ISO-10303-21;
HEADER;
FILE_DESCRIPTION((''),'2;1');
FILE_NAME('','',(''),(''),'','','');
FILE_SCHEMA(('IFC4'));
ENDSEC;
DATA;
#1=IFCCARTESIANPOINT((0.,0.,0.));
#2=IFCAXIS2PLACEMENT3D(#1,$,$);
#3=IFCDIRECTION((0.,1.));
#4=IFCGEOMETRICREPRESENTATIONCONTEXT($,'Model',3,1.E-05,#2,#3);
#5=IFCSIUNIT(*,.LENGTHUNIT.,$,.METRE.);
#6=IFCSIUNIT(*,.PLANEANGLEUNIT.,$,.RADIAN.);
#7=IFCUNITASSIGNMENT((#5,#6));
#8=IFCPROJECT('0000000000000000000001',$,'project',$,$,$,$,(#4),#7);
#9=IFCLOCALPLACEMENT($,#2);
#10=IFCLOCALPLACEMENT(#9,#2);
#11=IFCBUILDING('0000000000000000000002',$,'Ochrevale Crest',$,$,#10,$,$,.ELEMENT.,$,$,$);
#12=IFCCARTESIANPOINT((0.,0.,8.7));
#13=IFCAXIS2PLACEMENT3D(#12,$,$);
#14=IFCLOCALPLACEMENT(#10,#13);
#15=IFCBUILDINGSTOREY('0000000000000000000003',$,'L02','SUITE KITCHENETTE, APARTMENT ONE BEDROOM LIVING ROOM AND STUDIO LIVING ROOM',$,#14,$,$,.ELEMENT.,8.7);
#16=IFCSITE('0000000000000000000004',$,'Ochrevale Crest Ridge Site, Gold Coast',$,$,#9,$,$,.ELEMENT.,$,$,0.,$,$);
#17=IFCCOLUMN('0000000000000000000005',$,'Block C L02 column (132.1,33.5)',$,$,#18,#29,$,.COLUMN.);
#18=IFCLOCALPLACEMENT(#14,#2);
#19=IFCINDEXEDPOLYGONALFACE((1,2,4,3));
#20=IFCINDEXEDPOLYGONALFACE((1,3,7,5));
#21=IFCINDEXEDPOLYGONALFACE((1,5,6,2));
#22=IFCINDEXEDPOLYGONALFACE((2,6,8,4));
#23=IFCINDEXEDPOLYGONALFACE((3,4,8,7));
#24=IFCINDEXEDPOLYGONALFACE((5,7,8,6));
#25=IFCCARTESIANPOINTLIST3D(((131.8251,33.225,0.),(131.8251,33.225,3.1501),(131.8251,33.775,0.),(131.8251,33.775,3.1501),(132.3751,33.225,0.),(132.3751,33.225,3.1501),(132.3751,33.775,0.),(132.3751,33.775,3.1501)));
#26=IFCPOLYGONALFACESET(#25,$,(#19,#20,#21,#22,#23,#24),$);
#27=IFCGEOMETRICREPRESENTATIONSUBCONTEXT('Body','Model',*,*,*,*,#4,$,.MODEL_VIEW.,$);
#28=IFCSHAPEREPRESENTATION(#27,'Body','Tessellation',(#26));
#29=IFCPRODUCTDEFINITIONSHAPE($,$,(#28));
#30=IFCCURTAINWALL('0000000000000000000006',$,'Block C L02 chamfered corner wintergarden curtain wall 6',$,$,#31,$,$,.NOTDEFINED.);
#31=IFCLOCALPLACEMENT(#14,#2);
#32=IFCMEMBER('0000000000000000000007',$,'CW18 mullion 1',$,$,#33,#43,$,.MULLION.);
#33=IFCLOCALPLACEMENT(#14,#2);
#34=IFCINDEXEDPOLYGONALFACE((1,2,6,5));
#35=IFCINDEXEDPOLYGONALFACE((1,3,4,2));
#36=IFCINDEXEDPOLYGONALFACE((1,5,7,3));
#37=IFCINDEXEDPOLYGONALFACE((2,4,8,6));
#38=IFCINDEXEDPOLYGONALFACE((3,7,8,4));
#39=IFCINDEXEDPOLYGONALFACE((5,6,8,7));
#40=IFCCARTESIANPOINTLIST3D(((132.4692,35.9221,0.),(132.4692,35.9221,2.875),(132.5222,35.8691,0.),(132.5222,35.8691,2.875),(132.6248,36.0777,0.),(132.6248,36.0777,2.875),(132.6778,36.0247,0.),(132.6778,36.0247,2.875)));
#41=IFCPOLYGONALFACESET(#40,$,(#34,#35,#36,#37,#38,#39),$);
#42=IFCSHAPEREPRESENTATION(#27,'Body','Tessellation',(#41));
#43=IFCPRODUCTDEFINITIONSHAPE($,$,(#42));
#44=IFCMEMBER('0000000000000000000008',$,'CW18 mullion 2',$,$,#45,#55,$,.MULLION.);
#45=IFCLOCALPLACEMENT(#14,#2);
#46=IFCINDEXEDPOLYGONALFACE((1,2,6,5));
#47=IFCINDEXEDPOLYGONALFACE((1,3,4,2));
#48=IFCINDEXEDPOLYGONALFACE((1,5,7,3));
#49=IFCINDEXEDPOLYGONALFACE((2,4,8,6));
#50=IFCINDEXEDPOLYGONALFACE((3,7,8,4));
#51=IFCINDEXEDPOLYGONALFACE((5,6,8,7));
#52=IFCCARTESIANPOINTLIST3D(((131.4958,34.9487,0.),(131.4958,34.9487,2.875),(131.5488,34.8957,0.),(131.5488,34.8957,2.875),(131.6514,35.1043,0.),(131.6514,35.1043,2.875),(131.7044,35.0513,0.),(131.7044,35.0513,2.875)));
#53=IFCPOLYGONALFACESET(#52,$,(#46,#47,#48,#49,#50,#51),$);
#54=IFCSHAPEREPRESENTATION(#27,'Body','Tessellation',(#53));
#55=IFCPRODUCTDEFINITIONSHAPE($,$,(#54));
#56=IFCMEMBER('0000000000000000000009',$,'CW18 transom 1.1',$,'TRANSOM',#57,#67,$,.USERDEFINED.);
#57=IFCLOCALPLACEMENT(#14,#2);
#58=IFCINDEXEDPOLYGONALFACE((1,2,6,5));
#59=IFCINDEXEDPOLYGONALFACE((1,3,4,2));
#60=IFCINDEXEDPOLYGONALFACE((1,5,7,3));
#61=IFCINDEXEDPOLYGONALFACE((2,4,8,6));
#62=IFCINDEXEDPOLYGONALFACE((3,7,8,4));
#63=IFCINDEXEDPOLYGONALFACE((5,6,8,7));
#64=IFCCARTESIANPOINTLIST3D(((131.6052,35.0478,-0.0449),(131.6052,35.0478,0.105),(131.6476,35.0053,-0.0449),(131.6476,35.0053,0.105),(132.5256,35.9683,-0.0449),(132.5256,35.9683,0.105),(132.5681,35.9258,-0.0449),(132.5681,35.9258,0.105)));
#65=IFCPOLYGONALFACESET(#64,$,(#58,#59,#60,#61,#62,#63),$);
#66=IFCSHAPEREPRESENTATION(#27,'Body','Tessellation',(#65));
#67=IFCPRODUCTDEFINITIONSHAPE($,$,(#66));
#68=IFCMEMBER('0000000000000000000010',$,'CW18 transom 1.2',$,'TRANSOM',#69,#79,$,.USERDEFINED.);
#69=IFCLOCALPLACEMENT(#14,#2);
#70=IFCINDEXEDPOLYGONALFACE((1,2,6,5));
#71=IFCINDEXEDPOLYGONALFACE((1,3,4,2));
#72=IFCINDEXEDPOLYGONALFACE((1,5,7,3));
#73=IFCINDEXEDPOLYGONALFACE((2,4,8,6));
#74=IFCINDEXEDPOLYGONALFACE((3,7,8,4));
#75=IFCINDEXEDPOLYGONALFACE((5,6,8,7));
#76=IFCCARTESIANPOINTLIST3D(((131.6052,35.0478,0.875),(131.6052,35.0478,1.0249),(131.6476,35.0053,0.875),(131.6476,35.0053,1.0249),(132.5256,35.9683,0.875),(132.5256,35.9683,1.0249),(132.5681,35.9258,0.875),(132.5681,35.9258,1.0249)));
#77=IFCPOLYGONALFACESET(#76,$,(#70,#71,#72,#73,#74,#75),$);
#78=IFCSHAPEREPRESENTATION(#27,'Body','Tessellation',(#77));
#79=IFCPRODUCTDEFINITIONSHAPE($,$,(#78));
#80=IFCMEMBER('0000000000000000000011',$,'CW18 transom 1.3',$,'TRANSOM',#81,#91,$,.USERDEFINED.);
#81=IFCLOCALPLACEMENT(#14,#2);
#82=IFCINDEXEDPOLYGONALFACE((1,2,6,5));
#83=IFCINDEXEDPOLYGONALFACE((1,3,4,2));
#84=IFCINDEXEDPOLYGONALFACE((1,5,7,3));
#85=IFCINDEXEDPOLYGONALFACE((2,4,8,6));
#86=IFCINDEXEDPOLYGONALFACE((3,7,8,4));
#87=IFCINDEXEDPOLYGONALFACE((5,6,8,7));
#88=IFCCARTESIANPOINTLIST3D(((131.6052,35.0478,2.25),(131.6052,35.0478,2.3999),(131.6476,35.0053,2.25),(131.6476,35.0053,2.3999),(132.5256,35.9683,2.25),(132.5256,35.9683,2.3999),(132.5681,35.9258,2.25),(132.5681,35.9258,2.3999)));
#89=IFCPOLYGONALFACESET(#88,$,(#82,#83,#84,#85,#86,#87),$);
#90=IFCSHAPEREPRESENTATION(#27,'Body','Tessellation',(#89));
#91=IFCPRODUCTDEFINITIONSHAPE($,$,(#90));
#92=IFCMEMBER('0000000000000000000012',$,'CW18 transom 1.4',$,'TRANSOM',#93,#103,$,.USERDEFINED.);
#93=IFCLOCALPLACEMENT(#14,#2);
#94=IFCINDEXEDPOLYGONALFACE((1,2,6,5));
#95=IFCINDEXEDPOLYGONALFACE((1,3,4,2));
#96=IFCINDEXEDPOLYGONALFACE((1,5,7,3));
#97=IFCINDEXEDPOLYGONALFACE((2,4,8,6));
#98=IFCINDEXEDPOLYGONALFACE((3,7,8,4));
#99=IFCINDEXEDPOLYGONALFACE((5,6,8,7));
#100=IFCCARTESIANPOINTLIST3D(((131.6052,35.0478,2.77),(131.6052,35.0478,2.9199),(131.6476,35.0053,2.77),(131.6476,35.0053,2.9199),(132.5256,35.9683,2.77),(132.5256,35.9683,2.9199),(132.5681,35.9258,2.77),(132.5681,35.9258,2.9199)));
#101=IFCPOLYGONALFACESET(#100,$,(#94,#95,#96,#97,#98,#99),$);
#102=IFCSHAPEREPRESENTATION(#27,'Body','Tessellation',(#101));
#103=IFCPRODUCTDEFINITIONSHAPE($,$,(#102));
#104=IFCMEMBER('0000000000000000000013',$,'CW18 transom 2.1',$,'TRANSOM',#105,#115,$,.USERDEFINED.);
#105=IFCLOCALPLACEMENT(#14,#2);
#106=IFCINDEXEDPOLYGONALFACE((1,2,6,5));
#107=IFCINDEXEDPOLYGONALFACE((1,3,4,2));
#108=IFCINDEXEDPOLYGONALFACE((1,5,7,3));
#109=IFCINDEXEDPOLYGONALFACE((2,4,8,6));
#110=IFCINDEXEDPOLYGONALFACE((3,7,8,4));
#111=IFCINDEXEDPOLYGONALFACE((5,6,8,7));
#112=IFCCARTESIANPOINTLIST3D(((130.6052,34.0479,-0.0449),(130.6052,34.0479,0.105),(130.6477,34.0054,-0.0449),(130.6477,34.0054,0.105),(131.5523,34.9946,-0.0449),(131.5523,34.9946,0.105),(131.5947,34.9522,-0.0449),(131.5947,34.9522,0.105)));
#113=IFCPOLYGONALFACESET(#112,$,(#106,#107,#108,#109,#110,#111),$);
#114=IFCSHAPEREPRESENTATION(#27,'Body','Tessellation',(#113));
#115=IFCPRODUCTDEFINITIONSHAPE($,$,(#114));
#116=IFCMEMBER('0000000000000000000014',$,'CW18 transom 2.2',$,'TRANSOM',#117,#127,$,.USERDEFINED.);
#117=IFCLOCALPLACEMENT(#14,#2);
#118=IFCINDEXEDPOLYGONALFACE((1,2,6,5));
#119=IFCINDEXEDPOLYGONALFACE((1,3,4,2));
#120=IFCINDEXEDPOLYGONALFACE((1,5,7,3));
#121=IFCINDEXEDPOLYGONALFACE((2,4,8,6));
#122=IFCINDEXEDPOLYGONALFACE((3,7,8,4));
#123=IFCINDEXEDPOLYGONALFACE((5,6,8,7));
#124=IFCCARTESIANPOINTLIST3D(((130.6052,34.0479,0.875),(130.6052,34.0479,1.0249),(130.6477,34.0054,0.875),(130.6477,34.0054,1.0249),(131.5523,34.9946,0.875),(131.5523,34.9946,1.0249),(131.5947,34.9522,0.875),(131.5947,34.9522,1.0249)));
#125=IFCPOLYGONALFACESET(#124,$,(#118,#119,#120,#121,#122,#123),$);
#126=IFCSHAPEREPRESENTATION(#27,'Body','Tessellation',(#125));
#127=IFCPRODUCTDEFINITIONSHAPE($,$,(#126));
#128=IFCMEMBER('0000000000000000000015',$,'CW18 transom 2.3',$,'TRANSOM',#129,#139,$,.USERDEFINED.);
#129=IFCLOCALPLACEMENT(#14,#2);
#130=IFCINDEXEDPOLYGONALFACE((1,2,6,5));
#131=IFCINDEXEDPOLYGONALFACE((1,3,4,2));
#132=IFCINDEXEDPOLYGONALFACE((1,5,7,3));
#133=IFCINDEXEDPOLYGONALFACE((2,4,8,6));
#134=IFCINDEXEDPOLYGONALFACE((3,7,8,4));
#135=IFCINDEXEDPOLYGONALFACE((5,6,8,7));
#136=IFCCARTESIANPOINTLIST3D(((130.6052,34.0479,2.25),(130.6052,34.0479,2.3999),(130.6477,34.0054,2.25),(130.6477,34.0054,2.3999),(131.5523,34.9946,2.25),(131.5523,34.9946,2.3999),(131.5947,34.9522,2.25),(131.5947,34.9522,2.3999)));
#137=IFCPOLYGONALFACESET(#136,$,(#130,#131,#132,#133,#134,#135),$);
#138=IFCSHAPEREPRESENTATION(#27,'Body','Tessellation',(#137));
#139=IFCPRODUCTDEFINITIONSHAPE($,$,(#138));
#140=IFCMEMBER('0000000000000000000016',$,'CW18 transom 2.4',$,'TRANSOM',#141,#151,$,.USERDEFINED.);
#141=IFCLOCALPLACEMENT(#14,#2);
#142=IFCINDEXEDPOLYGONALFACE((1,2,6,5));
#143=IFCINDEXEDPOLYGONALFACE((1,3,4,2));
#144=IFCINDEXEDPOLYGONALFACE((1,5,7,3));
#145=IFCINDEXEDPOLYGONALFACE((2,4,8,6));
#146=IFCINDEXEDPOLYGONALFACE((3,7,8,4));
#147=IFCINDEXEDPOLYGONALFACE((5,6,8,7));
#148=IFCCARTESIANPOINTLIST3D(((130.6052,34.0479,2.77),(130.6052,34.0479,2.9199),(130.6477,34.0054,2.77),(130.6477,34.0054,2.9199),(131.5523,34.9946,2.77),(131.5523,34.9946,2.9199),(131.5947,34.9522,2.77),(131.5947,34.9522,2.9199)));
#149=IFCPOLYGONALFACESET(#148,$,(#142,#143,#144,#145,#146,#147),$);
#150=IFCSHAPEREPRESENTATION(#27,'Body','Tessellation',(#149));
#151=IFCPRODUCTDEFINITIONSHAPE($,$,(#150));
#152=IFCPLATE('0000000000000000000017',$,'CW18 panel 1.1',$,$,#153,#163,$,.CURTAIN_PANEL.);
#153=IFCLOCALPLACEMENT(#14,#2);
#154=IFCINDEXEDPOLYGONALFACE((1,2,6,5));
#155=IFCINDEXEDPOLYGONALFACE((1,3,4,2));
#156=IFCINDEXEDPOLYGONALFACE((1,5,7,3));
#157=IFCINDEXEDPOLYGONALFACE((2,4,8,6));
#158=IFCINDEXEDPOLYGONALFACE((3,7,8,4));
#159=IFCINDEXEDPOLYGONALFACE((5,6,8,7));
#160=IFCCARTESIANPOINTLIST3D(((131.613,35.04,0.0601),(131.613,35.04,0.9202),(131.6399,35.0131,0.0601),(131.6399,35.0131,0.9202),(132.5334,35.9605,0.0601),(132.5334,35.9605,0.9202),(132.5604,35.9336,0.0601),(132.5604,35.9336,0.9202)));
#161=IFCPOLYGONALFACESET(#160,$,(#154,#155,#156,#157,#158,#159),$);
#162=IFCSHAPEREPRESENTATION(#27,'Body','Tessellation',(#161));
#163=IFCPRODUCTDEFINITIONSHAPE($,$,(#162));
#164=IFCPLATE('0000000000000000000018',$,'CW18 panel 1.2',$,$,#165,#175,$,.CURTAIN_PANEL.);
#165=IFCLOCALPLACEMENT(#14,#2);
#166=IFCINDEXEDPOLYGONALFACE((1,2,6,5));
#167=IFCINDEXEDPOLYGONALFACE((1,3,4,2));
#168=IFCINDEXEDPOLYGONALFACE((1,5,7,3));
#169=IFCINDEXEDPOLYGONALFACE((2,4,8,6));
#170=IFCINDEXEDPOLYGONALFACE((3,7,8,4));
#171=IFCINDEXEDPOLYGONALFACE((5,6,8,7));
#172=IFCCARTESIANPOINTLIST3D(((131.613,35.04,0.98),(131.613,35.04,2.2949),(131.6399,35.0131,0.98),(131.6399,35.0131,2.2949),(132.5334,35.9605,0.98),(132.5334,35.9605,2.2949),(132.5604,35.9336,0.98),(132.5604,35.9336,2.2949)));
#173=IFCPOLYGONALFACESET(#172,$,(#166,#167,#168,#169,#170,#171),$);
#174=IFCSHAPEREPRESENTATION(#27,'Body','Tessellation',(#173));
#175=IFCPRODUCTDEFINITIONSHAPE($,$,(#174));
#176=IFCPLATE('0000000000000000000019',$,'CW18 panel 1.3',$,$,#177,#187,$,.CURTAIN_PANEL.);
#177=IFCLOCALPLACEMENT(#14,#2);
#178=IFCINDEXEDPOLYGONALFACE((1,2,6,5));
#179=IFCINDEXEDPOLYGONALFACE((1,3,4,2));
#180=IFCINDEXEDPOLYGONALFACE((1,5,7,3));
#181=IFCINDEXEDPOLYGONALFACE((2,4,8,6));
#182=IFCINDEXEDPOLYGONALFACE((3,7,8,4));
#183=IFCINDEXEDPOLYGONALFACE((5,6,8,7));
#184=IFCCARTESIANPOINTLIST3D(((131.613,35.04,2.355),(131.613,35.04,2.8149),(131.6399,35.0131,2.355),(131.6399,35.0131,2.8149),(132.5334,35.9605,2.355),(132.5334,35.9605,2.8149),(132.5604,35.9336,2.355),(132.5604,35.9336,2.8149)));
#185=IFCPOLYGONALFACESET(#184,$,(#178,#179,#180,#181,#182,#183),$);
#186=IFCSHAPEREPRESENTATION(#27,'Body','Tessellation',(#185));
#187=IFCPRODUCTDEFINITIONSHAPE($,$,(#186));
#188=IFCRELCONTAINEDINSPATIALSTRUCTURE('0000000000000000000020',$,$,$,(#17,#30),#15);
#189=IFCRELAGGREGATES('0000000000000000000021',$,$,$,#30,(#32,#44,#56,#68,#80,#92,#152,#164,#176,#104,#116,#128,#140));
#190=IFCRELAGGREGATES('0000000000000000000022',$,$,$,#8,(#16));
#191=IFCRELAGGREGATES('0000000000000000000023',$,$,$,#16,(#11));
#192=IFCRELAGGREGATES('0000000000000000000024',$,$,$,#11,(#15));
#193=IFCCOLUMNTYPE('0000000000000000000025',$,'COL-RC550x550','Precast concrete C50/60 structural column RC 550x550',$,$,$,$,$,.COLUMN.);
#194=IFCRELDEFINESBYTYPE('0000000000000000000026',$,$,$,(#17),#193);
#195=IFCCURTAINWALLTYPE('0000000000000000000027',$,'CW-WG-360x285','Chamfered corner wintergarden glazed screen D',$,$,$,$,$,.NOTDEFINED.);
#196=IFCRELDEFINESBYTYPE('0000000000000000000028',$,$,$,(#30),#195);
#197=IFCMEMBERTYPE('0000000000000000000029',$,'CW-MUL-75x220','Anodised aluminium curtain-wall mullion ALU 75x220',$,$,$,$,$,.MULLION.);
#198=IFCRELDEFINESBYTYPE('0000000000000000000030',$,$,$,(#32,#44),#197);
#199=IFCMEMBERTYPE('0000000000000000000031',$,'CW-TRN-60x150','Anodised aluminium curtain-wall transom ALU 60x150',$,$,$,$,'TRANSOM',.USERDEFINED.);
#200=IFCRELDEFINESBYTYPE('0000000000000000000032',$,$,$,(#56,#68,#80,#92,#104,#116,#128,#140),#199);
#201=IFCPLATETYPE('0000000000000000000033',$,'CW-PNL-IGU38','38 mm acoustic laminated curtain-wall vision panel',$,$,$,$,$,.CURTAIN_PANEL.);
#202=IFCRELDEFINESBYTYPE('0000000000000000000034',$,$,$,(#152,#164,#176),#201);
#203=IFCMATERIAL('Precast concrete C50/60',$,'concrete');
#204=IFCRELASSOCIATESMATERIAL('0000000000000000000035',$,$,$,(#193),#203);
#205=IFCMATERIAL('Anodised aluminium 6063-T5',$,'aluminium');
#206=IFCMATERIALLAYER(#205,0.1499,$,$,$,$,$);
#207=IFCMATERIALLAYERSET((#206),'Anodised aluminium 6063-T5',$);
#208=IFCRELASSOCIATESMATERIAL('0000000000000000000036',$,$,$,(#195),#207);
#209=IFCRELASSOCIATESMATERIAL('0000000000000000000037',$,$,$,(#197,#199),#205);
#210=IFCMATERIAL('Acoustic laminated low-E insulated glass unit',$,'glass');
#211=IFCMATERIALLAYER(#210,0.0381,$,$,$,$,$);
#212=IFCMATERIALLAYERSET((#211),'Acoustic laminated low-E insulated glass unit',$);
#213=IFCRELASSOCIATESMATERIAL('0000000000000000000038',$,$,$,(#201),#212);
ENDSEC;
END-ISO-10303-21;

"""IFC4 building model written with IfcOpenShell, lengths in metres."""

from ifc_helpers import new_model, si_unit, direction, frame, origin, origin_2d, place, context, subcontext, project, spatial, rectangle, extrude, material, layer, layer_set, material_profile, profile_set, type_object, element, aggregate, save


model = new_model("IFC4")

# Units and contexts
model_context = context("Model", 3, precision=1e-05, world=origin(), true_north=direction((0.0, 1.0)))
body_context = subcontext(model_context, "Body", "Model", "MODEL_VIEW")
ifc_project = project(units=[si_unit("LENGTHUNIT", "METRE"), si_unit("PLANEANGLEUNIT", "RADIAN")], contexts=[model_context])

# Site, building, storey
site_placement = place(None, origin())
site = spatial("IfcSite", under=ifc_project, at=site_placement, Name="Ochrevale Crest Ridge Site, Gold Coast", CompositionType="ELEMENT", RefElevation=0.0)
building_placement = place(site_placement, origin())
building = spatial("IfcBuilding", under=site, at=building_placement, Name="Ochrevale Crest", CompositionType="ELEMENT")
storey_placement = place(building_placement, frame((0.0, 0.0, 8.7)))
storey = spatial("IfcBuildingStorey", under=building, at=storey_placement, Name="L02", Description="SUITE KITCHENETTE, APARTMENT ONE BEDROOM LIVING ROOM AND STUDIO LIVING ROOM", CompositionType="ELEMENT", Elevation=8.7)

# Column
ifc_material_1 = material(Name="Precast concrete C50/60", Category="concrete")
ifc_material_profile_1 = material_profile(ifc_material_1, rectangle(XDim=0.55, YDim=0.55, at=origin_2d()), Name="RC 550x550")
ifc_profile_set_1 = profile_set([ifc_material_profile_1], Name="Precast concrete C50/60")
column_type = type_object("IfcColumnType", Name="COL-RC550x550", Description="Precast concrete C50/60 structural column RC 550x550", PredefinedType="COLUMN", material=ifc_profile_set_1)
column_placement = place(storey_placement, frame((132.1001, 33.5, 0.0), z_axis=(0.0, 0.0, 1.0), x_axis=(1.0, 0.0, 0.0)))
element("IfcColumn", 1, at=column_placement, inside=storey, type_object=column_type, Name="Block C L02 column (132.1,33.5)", PredefinedType="COLUMN", context=body_context, shape_type="SweptSolid", body=[
    extrude(rectangle(XDim=0.55, YDim=0.55, at=origin_2d()), origin(), (0.0, 0.0, 1.0), 3.1501),
])

# Curtain wall, members, plates
ifc_material_2 = material(Name="Anodised aluminium 6063-T5", Category="aluminium")
ifc_layer_1 = layer(ifc_material_2, 0.1499)
ifc_layer_set_1 = layer_set([ifc_layer_1], Name="Anodised aluminium 6063-T5")
curtain_wall_type = type_object("IfcCurtainWallType", Name="CW-WG-360x285", Description="Chamfered corner wintergarden glazed screen D", PredefinedType="NOTDEFINED", material=ifc_layer_set_1)
curtain_wall_placement = place(storey_placement, origin())
curtain_wall = element("IfcCurtainWall", 2, at=curtain_wall_placement, inside=storey, type_object=curtain_wall_type, Name="Block C L02 chamfered corner wintergarden curtain wall 6", PredefinedType="NOTDEFINED")
ifc_material_profile_2 = material_profile(ifc_material_2, rectangle(XDim=0.075, YDim=0.22, at=origin_2d()), Name="ALU 75x220")
ifc_profile_set_2 = profile_set([ifc_material_profile_2], Name="Anodised aluminium 6063-T5")
member_type_1 = type_object("IfcMemberType", Name="CW-MUL-75x220", Description="Anodised aluminium curtain-wall mullion ALU 75x220", PredefinedType="MULLION", material=ifc_profile_set_2)
member_1_placement = place(storey_placement, frame((132.5735, 35.9734, 0.0), z_axis=(0.0, 0.0, 1.0), x_axis=(0.707107, -0.707107, 0.0)))
member_1 = element("IfcMember", 3, at=member_1_placement, type_object=member_type_1, Name="CW18 mullion 1", PredefinedType="MULLION", context=body_context, shape_type="SweptSolid", body=[
    extrude(rectangle(XDim=0.075, YDim=0.22, at=origin_2d()), origin(), (0.0, 0.0, 1.0), 2.875),
])
member_2_placement = place(storey_placement, frame((131.6001, 35.0, 0.0), z_axis=(0.0, 0.0, 1.0), x_axis=(0.707107, -0.707107, 0.0)))
member_2 = element("IfcMember", 4, at=member_2_placement, type_object=member_type_1, Name="CW18 mullion 2", PredefinedType="MULLION", context=body_context, shape_type="SweptSolid", body=[
    extrude(rectangle(XDim=0.075, YDim=0.22, at=origin_2d()), origin(), (0.0, 0.0, 1.0), 2.875),
])
ifc_material_profile_3 = material_profile(ifc_material_2, rectangle(XDim=0.0601, YDim=0.1499, at=origin_2d()), Name="ALU 60x150")
ifc_profile_set_3 = profile_set([ifc_material_profile_3], Name="Anodised aluminium 6063-T5")
member_type_2 = type_object("IfcMemberType", Name="CW-TRN-60x150", Description="Anodised aluminium curtain-wall transom ALU 60x150", ElementType="TRANSOM", PredefinedType="USERDEFINED", material=ifc_profile_set_3)
member_3_placement = place(storey_placement, frame((132.5469, 35.947, 0.03), z_axis=(-0.707107, -0.707107, 0.0), x_axis=(0.707107, -0.707107, 0.0)))
member_3 = element("IfcMember", 5, at=member_3_placement, type_object=member_type_2, Name="CW18 transom 1.1", ObjectType="TRANSOM", PredefinedType="USERDEFINED", context=body_context, shape_type="SweptSolid", body=[
    extrude(rectangle(XDim=0.0601, YDim=0.1499, at=origin_2d()), origin(), (0.0, 0.0, 1.0), 1.3018),
])
member_4_placement = place(storey_placement, frame((132.5469, 35.947, 0.95), z_axis=(-0.707107, -0.707107, 0.0), x_axis=(0.707107, -0.707107, 0.0)))
member_4 = element("IfcMember", 6, at=member_4_placement, type_object=member_type_2, Name="CW18 transom 1.2", ObjectType="TRANSOM", PredefinedType="USERDEFINED", context=body_context, shape_type="SweptSolid", body=[
    extrude(rectangle(XDim=0.0601, YDim=0.1499, at=origin_2d()), origin(), (0.0, 0.0, 1.0), 1.3018),
])
member_5_placement = place(storey_placement, frame((132.5469, 35.947, 2.325), z_axis=(-0.707107, -0.707107, 0.0), x_axis=(0.707107, -0.707107, 0.0)))
member_5 = element("IfcMember", 7, at=member_5_placement, type_object=member_type_2, Name="CW18 transom 1.3", ObjectType="TRANSOM", PredefinedType="USERDEFINED", context=body_context, shape_type="SweptSolid", body=[
    extrude(rectangle(XDim=0.0601, YDim=0.1499, at=origin_2d()), origin(), (0.0, 0.0, 1.0), 1.3018),
])
member_6_placement = place(storey_placement, frame((132.5469, 35.947, 2.845), z_axis=(-0.707107, -0.707107, 0.0), x_axis=(0.707107, -0.707107, 0.0)))
member_6 = element("IfcMember", 8, at=member_6_placement, type_object=member_type_2, Name="CW18 transom 1.4", ObjectType="TRANSOM", PredefinedType="USERDEFINED", context=body_context, shape_type="SweptSolid", body=[
    extrude(rectangle(XDim=0.0601, YDim=0.1499, at=origin_2d()), origin(), (0.0, 0.0, 1.0), 1.3018),
])
member_7_placement = place(storey_placement, frame((131.5735, 34.9734, 0.03), z_axis=(-0.707198, -0.707016, 0.0), x_axis=(0.707016, -0.707198, 0.0)))
member_7 = element("IfcMember", 9, at=member_7_placement, type_object=member_type_2, Name="CW18 transom 2.1", ObjectType="TRANSOM", PredefinedType="USERDEFINED", context=body_context, shape_type="SweptSolid", body=[
    extrude(rectangle(XDim=0.0601, YDim=0.1499, at=origin_2d()), origin(), (0.0, 0.0, 1.0), 1.3391),
])
member_8_placement = place(storey_placement, frame((131.5735, 34.9734, 0.95), z_axis=(-0.707198, -0.707016, 0.0), x_axis=(0.707016, -0.707198, 0.0)))
member_8 = element("IfcMember", 10, at=member_8_placement, type_object=member_type_2, Name="CW18 transom 2.2", ObjectType="TRANSOM", PredefinedType="USERDEFINED", context=body_context, shape_type="SweptSolid", body=[
    extrude(rectangle(XDim=0.0601, YDim=0.1499, at=origin_2d()), origin(), (0.0, 0.0, 1.0), 1.3391),
])
member_9_placement = place(storey_placement, frame((131.5735, 34.9734, 2.325), z_axis=(-0.707198, -0.707016, 0.0), x_axis=(0.707016, -0.707198, 0.0)))
member_9 = element("IfcMember", 11, at=member_9_placement, type_object=member_type_2, Name="CW18 transom 2.3", ObjectType="TRANSOM", PredefinedType="USERDEFINED", context=body_context, shape_type="SweptSolid", body=[
    extrude(rectangle(XDim=0.0601, YDim=0.1499, at=origin_2d()), origin(), (0.0, 0.0, 1.0), 1.3391),
])
member_10_placement = place(storey_placement, frame((131.5735, 34.9734, 2.845), z_axis=(-0.707198, -0.707016, 0.0), x_axis=(0.707016, -0.707198, 0.0)))
member_10 = element("IfcMember", 12, at=member_10_placement, type_object=member_type_2, Name="CW18 transom 2.4", ObjectType="TRANSOM", PredefinedType="USERDEFINED", context=body_context, shape_type="SweptSolid", body=[
    extrude(rectangle(XDim=0.0601, YDim=0.1499, at=origin_2d()), origin(), (0.0, 0.0, 1.0), 1.3391),
])
ifc_material_3 = material(Name="Acoustic laminated low-E insulated glass unit", Category="glass")
ifc_layer_2 = layer(ifc_material_3, 0.0381)
ifc_layer_set_2 = layer_set([ifc_layer_2], Name="Acoustic laminated low-E insulated glass unit")
plate_type_1 = type_object("IfcPlateType", Name="CW-PNL-IGU38", Description="38 mm acoustic laminated curtain-wall vision panel", PredefinedType="CURTAIN_PANEL", material=ifc_layer_set_2)
plate_1_placement = place(storey_placement, frame((132.0867, 35.4868, 0.0601), z_axis=(0.0, 0.0, 1.0), x_axis=(-0.707107, -0.707107, 0.0)))
plate_1 = element("IfcPlate", 13, at=plate_1_placement, type_object=plate_type_1, Name="CW18 panel 1.1", PredefinedType="CURTAIN_PANEL", context=body_context, shape_type="SweptSolid", body=[
    extrude(rectangle(XDim=1.3018, YDim=0.0381, at=origin_2d()), origin(), (0.0, 0.0, 1.0), 0.8601),
])
plate_2_placement = place(storey_placement, frame((132.0867, 35.4868, 0.98), z_axis=(0.0, 0.0, 1.0), x_axis=(-0.707107, -0.707107, 0.0)))
plate_2 = element("IfcPlate", 14, at=plate_2_placement, type_object=plate_type_1, Name="CW18 panel 1.2", PredefinedType="CURTAIN_PANEL", context=body_context, shape_type="SweptSolid", body=[
    extrude(rectangle(XDim=1.3018, YDim=0.0381, at=origin_2d()), origin(), (0.0, 0.0, 1.0), 1.3149),
])
plate_3_placement = place(storey_placement, frame((132.0867, 35.4868, 2.355), z_axis=(0.0, 0.0, 1.0), x_axis=(-0.707107, -0.707107, 0.0)))
plate_3 = element("IfcPlate", 15, at=plate_3_placement, type_object=plate_type_1, Name="CW18 panel 1.3", PredefinedType="CURTAIN_PANEL", context=body_context, shape_type="SweptSolid", body=[
    extrude(rectangle(XDim=1.3018, YDim=0.0381, at=origin_2d()), origin(), (0.0, 0.0, 1.0), 0.46),
])
aggregate(curtain_wall, [member_1, member_2, member_3, member_4, member_5, member_6, plate_1, plate_2, plate_3, member_7, member_8, member_9, member_10])

save(model, "model.ifc")
